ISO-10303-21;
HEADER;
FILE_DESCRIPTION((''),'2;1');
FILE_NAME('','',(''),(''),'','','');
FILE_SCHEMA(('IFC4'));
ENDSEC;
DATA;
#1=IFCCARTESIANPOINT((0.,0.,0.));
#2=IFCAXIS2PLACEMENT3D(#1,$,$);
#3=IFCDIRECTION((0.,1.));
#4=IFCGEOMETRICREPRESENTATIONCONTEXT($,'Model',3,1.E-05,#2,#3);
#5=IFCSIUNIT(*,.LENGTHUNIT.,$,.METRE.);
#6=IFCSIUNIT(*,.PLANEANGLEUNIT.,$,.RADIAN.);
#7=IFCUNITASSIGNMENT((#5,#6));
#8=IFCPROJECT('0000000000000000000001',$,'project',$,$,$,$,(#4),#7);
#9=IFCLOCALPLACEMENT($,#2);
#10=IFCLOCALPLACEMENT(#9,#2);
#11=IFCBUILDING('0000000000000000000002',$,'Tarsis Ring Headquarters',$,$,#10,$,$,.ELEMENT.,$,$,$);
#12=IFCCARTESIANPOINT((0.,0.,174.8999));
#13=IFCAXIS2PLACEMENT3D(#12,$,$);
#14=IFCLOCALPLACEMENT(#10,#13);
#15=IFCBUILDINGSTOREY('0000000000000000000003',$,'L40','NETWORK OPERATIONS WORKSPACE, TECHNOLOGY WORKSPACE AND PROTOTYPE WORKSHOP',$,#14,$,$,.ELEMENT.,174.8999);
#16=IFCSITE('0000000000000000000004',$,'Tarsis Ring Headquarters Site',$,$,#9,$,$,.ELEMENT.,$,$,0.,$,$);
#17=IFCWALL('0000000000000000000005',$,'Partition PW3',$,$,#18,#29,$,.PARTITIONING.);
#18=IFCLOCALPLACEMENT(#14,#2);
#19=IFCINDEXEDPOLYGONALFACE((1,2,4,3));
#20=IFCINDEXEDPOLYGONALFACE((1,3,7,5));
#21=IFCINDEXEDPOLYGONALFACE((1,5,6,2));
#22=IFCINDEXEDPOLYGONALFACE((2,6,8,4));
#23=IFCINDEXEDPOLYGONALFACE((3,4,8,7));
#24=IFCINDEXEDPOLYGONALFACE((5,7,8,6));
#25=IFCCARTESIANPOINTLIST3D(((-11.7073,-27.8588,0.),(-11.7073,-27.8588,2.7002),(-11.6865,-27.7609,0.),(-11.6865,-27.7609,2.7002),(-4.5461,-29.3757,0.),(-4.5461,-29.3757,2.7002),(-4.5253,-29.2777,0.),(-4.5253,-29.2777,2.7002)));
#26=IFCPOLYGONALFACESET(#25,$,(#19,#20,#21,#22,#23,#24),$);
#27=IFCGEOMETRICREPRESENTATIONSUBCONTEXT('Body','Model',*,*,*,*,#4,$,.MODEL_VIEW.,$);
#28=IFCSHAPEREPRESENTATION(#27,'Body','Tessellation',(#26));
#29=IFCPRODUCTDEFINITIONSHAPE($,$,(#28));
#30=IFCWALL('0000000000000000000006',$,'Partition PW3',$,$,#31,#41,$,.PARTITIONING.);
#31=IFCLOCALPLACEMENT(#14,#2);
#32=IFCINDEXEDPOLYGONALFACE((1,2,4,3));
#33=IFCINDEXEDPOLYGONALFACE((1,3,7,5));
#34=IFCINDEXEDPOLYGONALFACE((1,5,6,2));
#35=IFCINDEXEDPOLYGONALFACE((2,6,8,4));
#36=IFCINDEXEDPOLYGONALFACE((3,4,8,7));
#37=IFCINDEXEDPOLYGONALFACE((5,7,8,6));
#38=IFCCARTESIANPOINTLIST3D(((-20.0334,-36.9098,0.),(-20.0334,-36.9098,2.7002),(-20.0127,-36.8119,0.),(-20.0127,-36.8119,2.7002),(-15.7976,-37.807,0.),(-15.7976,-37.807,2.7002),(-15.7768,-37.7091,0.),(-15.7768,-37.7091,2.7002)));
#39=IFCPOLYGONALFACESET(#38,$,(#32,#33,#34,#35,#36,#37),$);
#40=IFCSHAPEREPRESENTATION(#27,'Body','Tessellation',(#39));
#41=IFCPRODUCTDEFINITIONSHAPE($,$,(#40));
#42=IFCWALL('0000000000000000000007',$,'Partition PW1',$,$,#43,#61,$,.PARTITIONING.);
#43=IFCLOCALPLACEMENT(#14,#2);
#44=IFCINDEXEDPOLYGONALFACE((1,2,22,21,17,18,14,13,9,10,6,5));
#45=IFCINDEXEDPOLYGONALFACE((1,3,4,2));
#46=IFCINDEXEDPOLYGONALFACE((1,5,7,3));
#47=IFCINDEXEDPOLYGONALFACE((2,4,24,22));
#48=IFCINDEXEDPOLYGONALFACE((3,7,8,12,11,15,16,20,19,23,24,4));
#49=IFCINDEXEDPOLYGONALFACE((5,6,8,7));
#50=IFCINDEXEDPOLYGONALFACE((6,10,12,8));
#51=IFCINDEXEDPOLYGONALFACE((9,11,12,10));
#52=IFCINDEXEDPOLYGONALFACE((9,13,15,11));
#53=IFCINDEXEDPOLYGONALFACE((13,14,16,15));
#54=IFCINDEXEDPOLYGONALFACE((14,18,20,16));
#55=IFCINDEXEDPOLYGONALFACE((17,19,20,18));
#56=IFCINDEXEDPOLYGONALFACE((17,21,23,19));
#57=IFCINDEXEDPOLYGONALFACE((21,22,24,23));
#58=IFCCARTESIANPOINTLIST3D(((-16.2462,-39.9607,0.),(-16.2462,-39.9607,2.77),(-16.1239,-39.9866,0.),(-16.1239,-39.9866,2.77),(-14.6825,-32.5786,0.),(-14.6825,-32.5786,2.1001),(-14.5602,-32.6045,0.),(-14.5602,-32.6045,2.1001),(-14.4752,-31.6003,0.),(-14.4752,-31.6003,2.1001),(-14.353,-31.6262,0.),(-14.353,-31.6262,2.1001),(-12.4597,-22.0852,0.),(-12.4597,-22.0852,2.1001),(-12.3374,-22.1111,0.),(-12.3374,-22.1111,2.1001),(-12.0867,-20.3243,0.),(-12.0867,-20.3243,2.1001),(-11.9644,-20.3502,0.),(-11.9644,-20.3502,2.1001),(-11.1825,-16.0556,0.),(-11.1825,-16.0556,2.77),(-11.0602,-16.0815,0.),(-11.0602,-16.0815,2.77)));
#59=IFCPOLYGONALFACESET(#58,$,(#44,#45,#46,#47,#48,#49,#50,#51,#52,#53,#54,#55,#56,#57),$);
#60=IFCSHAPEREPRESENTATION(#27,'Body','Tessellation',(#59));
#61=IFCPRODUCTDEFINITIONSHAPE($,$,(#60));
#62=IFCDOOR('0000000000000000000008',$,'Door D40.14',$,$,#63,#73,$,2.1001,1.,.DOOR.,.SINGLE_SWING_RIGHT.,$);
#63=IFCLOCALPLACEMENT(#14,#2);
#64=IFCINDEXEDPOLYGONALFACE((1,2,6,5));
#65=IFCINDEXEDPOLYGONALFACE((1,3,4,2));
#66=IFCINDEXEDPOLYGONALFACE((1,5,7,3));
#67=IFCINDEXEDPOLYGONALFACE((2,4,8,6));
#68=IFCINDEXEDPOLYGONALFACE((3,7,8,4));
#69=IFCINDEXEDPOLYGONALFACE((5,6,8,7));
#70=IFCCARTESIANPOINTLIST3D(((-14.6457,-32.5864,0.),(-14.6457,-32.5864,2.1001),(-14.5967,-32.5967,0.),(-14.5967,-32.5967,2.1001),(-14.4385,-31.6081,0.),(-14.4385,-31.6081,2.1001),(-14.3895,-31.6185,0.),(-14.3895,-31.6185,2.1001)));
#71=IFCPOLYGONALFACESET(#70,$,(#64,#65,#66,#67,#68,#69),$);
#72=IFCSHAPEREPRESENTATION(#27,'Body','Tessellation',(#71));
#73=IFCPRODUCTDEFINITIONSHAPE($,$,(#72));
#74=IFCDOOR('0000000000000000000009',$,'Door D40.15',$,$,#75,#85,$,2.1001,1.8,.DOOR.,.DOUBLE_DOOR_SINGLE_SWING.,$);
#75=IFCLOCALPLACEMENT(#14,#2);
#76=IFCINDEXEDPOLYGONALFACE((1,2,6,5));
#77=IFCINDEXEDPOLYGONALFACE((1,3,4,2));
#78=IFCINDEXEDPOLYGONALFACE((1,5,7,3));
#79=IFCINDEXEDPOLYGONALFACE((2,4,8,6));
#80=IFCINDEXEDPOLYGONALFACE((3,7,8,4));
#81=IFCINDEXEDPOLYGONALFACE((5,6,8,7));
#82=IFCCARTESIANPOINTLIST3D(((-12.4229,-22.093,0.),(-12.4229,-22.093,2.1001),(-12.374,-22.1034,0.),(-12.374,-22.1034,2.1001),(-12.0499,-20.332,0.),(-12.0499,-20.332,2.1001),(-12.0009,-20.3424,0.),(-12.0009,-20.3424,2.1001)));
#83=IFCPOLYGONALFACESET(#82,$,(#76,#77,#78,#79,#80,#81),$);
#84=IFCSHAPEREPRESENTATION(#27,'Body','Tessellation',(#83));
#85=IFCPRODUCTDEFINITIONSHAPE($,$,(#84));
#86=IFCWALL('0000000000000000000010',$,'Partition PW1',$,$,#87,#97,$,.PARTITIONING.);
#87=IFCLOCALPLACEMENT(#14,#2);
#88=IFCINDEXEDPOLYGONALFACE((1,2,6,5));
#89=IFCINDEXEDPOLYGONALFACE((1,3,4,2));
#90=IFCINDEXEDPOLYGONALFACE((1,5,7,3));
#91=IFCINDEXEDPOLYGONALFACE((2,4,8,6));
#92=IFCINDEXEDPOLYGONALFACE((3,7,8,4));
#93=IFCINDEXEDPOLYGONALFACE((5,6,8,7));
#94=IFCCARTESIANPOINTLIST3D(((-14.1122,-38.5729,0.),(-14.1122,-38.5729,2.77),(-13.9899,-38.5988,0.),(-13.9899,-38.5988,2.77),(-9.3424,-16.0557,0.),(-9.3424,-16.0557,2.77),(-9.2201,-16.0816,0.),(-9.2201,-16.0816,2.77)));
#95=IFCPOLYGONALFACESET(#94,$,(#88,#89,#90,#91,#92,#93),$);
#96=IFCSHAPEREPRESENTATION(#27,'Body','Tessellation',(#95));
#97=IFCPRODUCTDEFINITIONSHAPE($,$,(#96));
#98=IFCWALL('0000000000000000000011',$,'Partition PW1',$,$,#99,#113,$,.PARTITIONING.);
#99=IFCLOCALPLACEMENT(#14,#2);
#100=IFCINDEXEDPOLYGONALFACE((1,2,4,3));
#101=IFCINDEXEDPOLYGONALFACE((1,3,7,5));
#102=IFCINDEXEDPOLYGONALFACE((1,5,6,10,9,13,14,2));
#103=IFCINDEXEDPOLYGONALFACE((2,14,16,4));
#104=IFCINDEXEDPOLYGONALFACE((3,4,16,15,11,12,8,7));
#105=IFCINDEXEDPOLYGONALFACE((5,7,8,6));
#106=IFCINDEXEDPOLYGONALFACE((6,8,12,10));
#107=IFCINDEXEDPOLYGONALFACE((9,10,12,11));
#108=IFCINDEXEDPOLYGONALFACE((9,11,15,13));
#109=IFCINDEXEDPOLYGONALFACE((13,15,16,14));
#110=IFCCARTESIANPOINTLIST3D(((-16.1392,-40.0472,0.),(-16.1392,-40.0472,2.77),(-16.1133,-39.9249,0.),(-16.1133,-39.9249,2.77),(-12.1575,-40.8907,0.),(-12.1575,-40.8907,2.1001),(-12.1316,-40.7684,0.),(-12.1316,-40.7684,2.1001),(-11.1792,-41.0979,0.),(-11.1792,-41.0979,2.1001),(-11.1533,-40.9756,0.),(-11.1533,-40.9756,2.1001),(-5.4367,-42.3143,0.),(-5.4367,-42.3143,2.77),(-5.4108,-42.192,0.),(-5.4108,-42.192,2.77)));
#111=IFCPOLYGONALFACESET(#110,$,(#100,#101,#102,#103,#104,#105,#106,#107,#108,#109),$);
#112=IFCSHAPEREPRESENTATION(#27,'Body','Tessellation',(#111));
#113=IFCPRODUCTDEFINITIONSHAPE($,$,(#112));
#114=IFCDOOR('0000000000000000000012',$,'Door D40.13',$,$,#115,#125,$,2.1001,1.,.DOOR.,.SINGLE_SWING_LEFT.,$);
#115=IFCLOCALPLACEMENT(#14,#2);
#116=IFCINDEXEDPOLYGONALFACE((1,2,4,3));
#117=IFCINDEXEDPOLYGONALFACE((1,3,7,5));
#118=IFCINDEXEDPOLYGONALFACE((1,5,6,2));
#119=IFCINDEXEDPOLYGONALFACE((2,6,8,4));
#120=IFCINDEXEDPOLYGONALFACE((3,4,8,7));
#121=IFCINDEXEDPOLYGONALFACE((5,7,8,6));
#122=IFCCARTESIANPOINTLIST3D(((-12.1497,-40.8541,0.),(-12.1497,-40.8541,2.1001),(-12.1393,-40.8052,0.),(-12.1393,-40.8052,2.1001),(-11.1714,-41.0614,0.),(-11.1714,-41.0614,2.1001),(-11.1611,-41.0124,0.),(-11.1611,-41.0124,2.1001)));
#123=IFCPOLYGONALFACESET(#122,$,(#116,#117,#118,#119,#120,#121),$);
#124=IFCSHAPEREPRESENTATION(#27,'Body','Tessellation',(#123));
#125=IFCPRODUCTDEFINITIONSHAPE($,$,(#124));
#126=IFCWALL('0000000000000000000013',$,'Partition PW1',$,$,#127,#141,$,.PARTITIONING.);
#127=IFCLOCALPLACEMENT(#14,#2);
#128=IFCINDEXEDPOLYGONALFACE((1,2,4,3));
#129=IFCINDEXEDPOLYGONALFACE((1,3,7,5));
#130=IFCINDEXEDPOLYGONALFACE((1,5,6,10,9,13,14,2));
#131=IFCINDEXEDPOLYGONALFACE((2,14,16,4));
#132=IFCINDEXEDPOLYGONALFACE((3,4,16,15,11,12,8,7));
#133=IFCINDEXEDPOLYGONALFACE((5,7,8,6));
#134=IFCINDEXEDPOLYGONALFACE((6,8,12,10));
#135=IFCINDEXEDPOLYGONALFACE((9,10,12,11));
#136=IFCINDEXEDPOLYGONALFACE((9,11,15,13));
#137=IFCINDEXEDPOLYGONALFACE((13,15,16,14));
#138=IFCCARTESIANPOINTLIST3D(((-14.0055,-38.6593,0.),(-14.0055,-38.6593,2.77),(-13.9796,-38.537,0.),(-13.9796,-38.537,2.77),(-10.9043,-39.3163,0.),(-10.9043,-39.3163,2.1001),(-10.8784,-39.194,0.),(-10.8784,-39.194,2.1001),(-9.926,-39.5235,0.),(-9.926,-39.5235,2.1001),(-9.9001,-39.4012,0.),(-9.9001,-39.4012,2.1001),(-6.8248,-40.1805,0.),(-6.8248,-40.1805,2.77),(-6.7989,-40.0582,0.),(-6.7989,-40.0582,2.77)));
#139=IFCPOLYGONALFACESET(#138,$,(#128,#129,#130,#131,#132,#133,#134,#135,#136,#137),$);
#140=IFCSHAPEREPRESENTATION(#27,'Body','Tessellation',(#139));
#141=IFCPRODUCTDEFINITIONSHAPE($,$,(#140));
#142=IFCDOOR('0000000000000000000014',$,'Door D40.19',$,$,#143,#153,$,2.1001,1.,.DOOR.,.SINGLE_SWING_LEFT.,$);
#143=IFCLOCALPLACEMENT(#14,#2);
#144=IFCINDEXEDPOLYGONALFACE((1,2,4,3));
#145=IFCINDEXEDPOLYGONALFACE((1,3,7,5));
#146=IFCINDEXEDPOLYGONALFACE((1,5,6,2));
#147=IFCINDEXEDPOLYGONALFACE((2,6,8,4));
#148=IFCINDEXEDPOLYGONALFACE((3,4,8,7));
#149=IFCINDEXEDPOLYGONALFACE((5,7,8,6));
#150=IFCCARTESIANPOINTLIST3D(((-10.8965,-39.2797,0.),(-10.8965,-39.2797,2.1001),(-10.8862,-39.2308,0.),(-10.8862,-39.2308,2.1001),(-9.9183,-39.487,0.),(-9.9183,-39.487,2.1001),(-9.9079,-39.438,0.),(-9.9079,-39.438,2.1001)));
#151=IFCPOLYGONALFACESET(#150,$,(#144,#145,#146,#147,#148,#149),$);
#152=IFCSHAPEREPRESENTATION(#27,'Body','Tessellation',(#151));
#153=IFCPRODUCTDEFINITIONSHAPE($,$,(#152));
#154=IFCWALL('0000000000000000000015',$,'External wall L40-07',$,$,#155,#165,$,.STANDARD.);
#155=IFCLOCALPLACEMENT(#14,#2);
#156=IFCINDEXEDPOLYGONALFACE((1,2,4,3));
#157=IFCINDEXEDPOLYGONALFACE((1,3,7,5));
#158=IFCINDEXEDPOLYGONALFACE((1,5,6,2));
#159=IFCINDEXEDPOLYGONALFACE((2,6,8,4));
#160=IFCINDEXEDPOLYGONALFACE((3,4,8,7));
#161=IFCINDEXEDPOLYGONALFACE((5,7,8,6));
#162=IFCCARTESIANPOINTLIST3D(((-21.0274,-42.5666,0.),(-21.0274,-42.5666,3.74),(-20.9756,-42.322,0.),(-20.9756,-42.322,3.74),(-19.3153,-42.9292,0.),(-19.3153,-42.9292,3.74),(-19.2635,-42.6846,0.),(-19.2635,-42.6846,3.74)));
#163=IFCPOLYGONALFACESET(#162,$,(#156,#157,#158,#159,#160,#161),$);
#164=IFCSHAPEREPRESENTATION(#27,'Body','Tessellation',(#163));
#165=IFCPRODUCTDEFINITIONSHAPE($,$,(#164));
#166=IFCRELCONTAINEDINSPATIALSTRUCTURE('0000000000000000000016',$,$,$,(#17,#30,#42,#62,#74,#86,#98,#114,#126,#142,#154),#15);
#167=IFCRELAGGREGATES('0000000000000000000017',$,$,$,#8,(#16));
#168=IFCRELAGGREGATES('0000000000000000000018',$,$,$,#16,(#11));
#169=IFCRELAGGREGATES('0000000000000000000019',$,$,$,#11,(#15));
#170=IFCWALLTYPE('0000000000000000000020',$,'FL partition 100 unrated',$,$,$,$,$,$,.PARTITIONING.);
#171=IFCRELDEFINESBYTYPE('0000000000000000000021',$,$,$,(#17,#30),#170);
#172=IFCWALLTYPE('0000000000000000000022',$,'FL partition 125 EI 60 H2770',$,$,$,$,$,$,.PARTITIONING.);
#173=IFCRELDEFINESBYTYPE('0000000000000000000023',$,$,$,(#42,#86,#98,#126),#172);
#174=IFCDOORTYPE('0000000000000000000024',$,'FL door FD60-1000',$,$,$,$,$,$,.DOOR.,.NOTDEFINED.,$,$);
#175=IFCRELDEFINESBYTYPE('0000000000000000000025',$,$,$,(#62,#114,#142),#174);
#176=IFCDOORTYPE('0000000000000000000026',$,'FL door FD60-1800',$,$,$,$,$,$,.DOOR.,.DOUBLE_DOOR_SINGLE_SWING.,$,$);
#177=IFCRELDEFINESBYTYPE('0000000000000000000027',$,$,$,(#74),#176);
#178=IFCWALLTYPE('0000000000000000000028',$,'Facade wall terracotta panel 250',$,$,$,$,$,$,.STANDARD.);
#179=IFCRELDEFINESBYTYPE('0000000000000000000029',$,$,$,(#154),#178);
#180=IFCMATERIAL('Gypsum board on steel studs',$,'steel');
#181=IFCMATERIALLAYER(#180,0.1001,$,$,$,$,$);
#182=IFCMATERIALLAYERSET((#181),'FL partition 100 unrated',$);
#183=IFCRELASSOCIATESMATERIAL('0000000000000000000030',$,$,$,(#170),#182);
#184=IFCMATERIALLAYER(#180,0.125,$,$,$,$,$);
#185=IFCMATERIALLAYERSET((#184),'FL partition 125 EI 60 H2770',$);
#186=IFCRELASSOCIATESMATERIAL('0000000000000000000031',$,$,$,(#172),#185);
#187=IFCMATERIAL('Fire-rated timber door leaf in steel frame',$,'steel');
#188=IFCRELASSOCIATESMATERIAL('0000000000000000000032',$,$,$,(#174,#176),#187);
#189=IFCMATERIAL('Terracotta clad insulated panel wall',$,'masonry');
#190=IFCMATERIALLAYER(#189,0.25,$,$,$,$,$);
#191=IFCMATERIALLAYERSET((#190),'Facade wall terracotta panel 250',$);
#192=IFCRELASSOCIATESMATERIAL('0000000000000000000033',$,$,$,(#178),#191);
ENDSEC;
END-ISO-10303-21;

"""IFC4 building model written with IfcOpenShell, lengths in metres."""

from ifc_helpers import new_model, si_unit, direction, frame, frame_2d, origin, place, context, subcontext, project, spatial, rectangle, extrude, material, layer, layer_set, type_object, element, fill, save


model = new_model("IFC4")

# Units and contexts
model_context = context("Model", 3, precision=1e-05, world=origin(), true_north=direction((0.0, 1.0)))
body_context = subcontext(model_context, "Body", "Model", "MODEL_VIEW")
ifc_project = project(units=[si_unit("LENGTHUNIT", "METRE"), si_unit("PLANEANGLEUNIT", "RADIAN")], contexts=[model_context])

# Site, building, storey
site_placement = place(None, origin())
site = spatial("IfcSite", under=ifc_project, at=site_placement, Name="Tarsis Ring Headquarters Site", CompositionType="ELEMENT", RefElevation=0.0)
building_placement = place(site_placement, origin())
building = spatial("IfcBuilding", under=site, at=building_placement, Name="Tarsis Ring Headquarters", CompositionType="ELEMENT")
storey_placement = place(building_placement, frame((0.0, 0.0, 174.8999)))
storey = spatial("IfcBuildingStorey", under=building, at=storey_placement, Name="L40", Description="NETWORK OPERATIONS WORKSPACE, TECHNOLOGY WORKSPACE AND PROTOTYPE WORKSHOP", CompositionType="ELEMENT", Elevation=174.8999)

# Walls
ifc_material_1 = material(Name="Gypsum board on steel studs", Category="steel")
ifc_layer_1 = layer(ifc_material_1, 0.1001)
ifc_layer_set_1 = layer_set([ifc_layer_1], Name="FL partition 100 unrated")
wall_type_1 = type_object("IfcWallType", Name="FL partition 100 unrated", PredefinedType="PARTITIONING", material=ifc_layer_set_1)
wall_1_placement = place(storey_placement, frame((-11.697, -27.8098, 0.0), z_axis=(0.0, 0.0, 1.0), x_axis=(0.978295, -0.207219, 0.0)))
element("IfcWall", 1, at=wall_1_placement, inside=storey, type_object=wall_type_1, Name="Partition PW3", PredefinedType="PARTITIONING", context=body_context, shape_type="SweptSolid", body=[
    extrude(rectangle(XDim=7.3201, YDim=0.1001, at=frame_2d((3.6602, 0.0))), origin(), (0.0, 0.0, 1.0), 2.7002),
])
wall_2_placement = place(storey_placement, frame((-20.0232, -36.8608, 0.0), z_axis=(0.0, 0.0, 1.0), x_axis=(0.978295, -0.207218, 0.0)))
element("IfcWall", 2, at=wall_2_placement, inside=storey, type_object=wall_type_1, Name="Partition PW3", PredefinedType="PARTITIONING", context=body_context, shape_type="SweptSolid", body=[
    extrude(rectangle(XDim=4.3298, YDim=0.1001, at=frame_2d((2.165, 0.0))), origin(), (0.0, 0.0, 1.0), 2.7002),
])

# Wall, openings, doors
ifc_layer_2 = layer(ifc_material_1, 0.125)
ifc_layer_set_2 = layer_set([ifc_layer_2], Name="FL partition 125 EI 60 H2770")
wall_type_2 = type_object("IfcWallType", Name="FL partition 125 EI 60 H2770", PredefinedType="PARTITIONING", material=ifc_layer_set_2)
wall_3_placement = place(storey_placement, frame((-16.1851, -39.9736, 0.0), z_axis=(0.0, 0.0, 1.0), x_axis=(0.207228, 0.978293, 0.0)))
wall_3 = element("IfcWall", 3, at=wall_3_placement, inside=storey, type_object=wall_type_2, Name="Partition PW1", PredefinedType="PARTITIONING", context=body_context, shape_type="SweptSolid", body=[
    extrude(rectangle(XDim=24.4355, YDim=0.125, at=frame_2d((12.2178, 0.0))), origin(), (0.0, 0.0, 1.0), 2.77),
])
opening_1_placement = place(wall_3_placement, frame((7.5459, 0.0, 0.0)))
opening_1 = element("IfcOpeningElement", 4, at=opening_1_placement, cuts=wall_3, PredefinedType="OPENING", context=body_context, shape_type="SweptSolid", body=[
    extrude(rectangle(XDim=1.0, YDim=2.1001, at=frame_2d((0.5, 1.05))), frame((0.0, 0.0725, 0.0), z_axis=(0.0, -1.0, 0.0), x_axis=(1.0, 0.0, 0.0)), (0.0, 0.0, 1.0), 0.145),
])
opening_2_placement = place(wall_3_placement, frame((18.2722, 0.0, 0.0)))
opening_2 = element("IfcOpeningElement", 5, at=opening_2_placement, cuts=wall_3, PredefinedType="OPENING", context=body_context, shape_type="SweptSolid", body=[
    extrude(rectangle(XDim=1.8, YDim=2.1001, at=frame_2d((0.8999, 1.05))), frame((0.0, 0.0725, 0.0), z_axis=(0.0, -1.0, 0.0), x_axis=(1.0, 0.0, 0.0)), (0.0, 0.0, 1.0), 0.145),
])
ifc_material_2 = material(Name="Fire-rated timber door leaf in steel frame", Category="steel")
door_type_1 = type_object("IfcDoorType", Name="FL door FD60-1000", OperationType="NOTDEFINED", PredefinedType="DOOR", material=ifc_material_2)
door_1_placement = place(opening_1_placement, origin())
door_1 = element("IfcDoor", 6, at=door_1_placement, inside=storey, type_object=door_type_1, Name="Door D40.14", OperationType="SINGLE_SWING_RIGHT", OverallHeight=2.1001, OverallWidth=1.0, PredefinedType="DOOR", context=body_context, shape_type="SweptSolid", body=[
    extrude(rectangle(XDim=1.0, YDim=2.1001, at=frame_2d((0.5, 1.05))), frame((0.0, 0.0249, 0.0), z_axis=(0.0, -1.0, 0.0), x_axis=(1.0, 0.0, 0.0)), (0.0, 0.0, 1.0), 0.05),
])
fill(opening_1, door_1)
door_type_2 = type_object("IfcDoorType", Name="FL door FD60-1800", OperationType="DOUBLE_DOOR_SINGLE_SWING", PredefinedType="DOOR", material=ifc_material_2)
door_2_placement = place(opening_2_placement, origin())
door_2 = element("IfcDoor", 7, at=door_2_placement, inside=storey, type_object=door_type_2, Name="Door D40.15", OperationType="DOUBLE_DOOR_SINGLE_SWING", OverallHeight=2.1001, OverallWidth=1.8, PredefinedType="DOOR", context=body_context, shape_type="SweptSolid", body=[
    extrude(rectangle(XDim=1.8, YDim=2.1001, at=frame_2d((0.8999, 1.05))), frame((0.0, 0.0249, 0.0), z_axis=(0.0, -1.0, 0.0), x_axis=(1.0, 0.0, 0.0)), (0.0, 0.0, 1.0), 0.05),
])
fill(opening_2, door_2)

# Wall
wall_4_placement = place(storey_placement, frame((-14.051, -38.5857, 0.0), z_axis=(0.0, 0.0, 1.0), x_axis=(0.207231, 0.978292, 0.0)))
element("IfcWall", 8, at=wall_4_placement, inside=storey, type_object=wall_type_2, Name="Partition PW1", PredefinedType="PARTITIONING", context=body_context, shape_type="SweptSolid", body=[
    extrude(rectangle(XDim=23.0168, YDim=0.125, at=frame_2d((11.5083, 0.0))), origin(), (0.0, 0.0, 1.0), 2.77),
])

# Walls, openings, doors
wall_5_placement = place(storey_placement, frame((-16.1262, -39.9861, 0.0), z_axis=(0.0, 0.0, 1.0), x_axis=(0.978292, -0.207232, 0.0)))
wall_5 = element("IfcWall", 9, at=wall_5_placement, inside=storey, type_object=wall_type_2, Name="Partition PW1", PredefinedType="PARTITIONING", context=body_context, shape_type="SweptSolid", body=[
    extrude(rectangle(XDim=10.9399, YDim=0.125, at=frame_2d((5.47, 0.0))), origin(), (0.0, 0.0, 1.0), 2.77),
])
opening_3_placement = place(wall_5_placement, frame((4.0701, 0.0, 0.0)))
opening_3 = element("IfcOpeningElement", 10, at=opening_3_placement, cuts=wall_5, PredefinedType="OPENING", context=body_context, shape_type="SweptSolid", body=[
    extrude(rectangle(XDim=1.0, YDim=2.1001, at=frame_2d((0.5, 1.05))), frame((0.0, 0.0725, 0.0), z_axis=(0.0, -1.0, 0.0), x_axis=(1.0, 0.0, 0.0)), (0.0, 0.0, 1.0), 0.145),
])
door_3_placement = place(opening_3_placement, origin())
door_3 = element("IfcDoor", 11, at=door_3_placement, inside=storey, type_object=door_type_1, Name="Door D40.13", OperationType="SINGLE_SWING_LEFT", OverallHeight=2.1001, OverallWidth=1.0, PredefinedType="DOOR", context=body_context, shape_type="SweptSolid", body=[
    extrude(rectangle(XDim=1.0, YDim=2.1001, at=frame_2d((0.5, 1.05))), frame((0.0, 0.0249, 0.0), z_axis=(0.0, -1.0, 0.0), x_axis=(1.0, 0.0, 0.0)), (0.0, 0.0, 1.0), 0.05),
])
fill(opening_3, door_3)
wall_6_placement = place(storey_placement, frame((-13.9924, -38.5981, 0.0), z_axis=(0.0, 0.0, 1.0), x_axis=(0.978287, -0.207252, 0.0)))
wall_6 = element("IfcWall", 12, at=wall_6_placement, inside=storey, type_object=wall_type_2, Name="Partition PW1", PredefinedType="PARTITIONING", context=body_context, shape_type="SweptSolid", body=[
    extrude(rectangle(XDim=7.3401, YDim=0.125, at=frame_2d((3.6699, 0.0))), origin(), (0.0, 0.0, 1.0), 2.77),
])
opening_4_placement = place(wall_6_placement, frame((3.1699, 0.0, 0.0)))
opening_4 = element("IfcOpeningElement", 13, at=opening_4_placement, cuts=wall_6, PredefinedType="OPENING", context=body_context, shape_type="SweptSolid", body=[
    extrude(rectangle(XDim=1.0, YDim=2.1001, at=frame_2d((0.5, 1.05))), frame((0.0, 0.0725, 0.0), z_axis=(0.0, -1.0, 0.0), x_axis=(1.0, 0.0, 0.0)), (0.0, 0.0, 1.0), 0.145),
])
door_4_placement = place(opening_4_placement, origin())
door_4 = element("IfcDoor", 14, at=door_4_placement, inside=storey, type_object=door_type_1, Name="Door D40.19", OperationType="SINGLE_SWING_LEFT", OverallHeight=2.1001, OverallWidth=1.0, PredefinedType="DOOR", context=body_context, shape_type="SweptSolid", body=[
    extrude(rectangle(XDim=1.0, YDim=2.1001, at=frame_2d((0.5, 1.05))), frame((0.0, 0.0249, 0.0), z_axis=(0.0, -1.0, 0.0), x_axis=(1.0, 0.0, 0.0)), (0.0, 0.0, 1.0), 0.05),
])
fill(opening_4, door_4)

# Wall
ifc_material_3 = material(Name="Terracotta clad insulated panel wall", Category="masonry")
ifc_layer_3 = layer(ifc_material_3, 0.25)
ifc_layer_set_3 = layer_set([ifc_layer_3], Name="Facade wall terracotta panel 250")
wall_type_3 = type_object("IfcWallType", Name="Facade wall terracotta panel 250", PredefinedType="STANDARD", material=ifc_layer_set_3)
wall_7_placement = place(storey_placement, frame((-21.0015, -42.4443, 0.0), z_axis=(0.0, 0.0, 1.0), x_axis=(0.978302, -0.207185, 0.0)))
element("IfcWall", 15, at=wall_7_placement, inside=storey, type_object=wall_type_3, Name="External wall L40-07", PredefinedType="STANDARD", context=body_context, shape_type="SweptSolid", body=[
    extrude(rectangle(XDim=1.75, YDim=0.25, at=frame_2d((0.875, 0.0))), origin(), (0.0, 0.0, 1.0), 3.74),
])

save(model, "model.ifc")
